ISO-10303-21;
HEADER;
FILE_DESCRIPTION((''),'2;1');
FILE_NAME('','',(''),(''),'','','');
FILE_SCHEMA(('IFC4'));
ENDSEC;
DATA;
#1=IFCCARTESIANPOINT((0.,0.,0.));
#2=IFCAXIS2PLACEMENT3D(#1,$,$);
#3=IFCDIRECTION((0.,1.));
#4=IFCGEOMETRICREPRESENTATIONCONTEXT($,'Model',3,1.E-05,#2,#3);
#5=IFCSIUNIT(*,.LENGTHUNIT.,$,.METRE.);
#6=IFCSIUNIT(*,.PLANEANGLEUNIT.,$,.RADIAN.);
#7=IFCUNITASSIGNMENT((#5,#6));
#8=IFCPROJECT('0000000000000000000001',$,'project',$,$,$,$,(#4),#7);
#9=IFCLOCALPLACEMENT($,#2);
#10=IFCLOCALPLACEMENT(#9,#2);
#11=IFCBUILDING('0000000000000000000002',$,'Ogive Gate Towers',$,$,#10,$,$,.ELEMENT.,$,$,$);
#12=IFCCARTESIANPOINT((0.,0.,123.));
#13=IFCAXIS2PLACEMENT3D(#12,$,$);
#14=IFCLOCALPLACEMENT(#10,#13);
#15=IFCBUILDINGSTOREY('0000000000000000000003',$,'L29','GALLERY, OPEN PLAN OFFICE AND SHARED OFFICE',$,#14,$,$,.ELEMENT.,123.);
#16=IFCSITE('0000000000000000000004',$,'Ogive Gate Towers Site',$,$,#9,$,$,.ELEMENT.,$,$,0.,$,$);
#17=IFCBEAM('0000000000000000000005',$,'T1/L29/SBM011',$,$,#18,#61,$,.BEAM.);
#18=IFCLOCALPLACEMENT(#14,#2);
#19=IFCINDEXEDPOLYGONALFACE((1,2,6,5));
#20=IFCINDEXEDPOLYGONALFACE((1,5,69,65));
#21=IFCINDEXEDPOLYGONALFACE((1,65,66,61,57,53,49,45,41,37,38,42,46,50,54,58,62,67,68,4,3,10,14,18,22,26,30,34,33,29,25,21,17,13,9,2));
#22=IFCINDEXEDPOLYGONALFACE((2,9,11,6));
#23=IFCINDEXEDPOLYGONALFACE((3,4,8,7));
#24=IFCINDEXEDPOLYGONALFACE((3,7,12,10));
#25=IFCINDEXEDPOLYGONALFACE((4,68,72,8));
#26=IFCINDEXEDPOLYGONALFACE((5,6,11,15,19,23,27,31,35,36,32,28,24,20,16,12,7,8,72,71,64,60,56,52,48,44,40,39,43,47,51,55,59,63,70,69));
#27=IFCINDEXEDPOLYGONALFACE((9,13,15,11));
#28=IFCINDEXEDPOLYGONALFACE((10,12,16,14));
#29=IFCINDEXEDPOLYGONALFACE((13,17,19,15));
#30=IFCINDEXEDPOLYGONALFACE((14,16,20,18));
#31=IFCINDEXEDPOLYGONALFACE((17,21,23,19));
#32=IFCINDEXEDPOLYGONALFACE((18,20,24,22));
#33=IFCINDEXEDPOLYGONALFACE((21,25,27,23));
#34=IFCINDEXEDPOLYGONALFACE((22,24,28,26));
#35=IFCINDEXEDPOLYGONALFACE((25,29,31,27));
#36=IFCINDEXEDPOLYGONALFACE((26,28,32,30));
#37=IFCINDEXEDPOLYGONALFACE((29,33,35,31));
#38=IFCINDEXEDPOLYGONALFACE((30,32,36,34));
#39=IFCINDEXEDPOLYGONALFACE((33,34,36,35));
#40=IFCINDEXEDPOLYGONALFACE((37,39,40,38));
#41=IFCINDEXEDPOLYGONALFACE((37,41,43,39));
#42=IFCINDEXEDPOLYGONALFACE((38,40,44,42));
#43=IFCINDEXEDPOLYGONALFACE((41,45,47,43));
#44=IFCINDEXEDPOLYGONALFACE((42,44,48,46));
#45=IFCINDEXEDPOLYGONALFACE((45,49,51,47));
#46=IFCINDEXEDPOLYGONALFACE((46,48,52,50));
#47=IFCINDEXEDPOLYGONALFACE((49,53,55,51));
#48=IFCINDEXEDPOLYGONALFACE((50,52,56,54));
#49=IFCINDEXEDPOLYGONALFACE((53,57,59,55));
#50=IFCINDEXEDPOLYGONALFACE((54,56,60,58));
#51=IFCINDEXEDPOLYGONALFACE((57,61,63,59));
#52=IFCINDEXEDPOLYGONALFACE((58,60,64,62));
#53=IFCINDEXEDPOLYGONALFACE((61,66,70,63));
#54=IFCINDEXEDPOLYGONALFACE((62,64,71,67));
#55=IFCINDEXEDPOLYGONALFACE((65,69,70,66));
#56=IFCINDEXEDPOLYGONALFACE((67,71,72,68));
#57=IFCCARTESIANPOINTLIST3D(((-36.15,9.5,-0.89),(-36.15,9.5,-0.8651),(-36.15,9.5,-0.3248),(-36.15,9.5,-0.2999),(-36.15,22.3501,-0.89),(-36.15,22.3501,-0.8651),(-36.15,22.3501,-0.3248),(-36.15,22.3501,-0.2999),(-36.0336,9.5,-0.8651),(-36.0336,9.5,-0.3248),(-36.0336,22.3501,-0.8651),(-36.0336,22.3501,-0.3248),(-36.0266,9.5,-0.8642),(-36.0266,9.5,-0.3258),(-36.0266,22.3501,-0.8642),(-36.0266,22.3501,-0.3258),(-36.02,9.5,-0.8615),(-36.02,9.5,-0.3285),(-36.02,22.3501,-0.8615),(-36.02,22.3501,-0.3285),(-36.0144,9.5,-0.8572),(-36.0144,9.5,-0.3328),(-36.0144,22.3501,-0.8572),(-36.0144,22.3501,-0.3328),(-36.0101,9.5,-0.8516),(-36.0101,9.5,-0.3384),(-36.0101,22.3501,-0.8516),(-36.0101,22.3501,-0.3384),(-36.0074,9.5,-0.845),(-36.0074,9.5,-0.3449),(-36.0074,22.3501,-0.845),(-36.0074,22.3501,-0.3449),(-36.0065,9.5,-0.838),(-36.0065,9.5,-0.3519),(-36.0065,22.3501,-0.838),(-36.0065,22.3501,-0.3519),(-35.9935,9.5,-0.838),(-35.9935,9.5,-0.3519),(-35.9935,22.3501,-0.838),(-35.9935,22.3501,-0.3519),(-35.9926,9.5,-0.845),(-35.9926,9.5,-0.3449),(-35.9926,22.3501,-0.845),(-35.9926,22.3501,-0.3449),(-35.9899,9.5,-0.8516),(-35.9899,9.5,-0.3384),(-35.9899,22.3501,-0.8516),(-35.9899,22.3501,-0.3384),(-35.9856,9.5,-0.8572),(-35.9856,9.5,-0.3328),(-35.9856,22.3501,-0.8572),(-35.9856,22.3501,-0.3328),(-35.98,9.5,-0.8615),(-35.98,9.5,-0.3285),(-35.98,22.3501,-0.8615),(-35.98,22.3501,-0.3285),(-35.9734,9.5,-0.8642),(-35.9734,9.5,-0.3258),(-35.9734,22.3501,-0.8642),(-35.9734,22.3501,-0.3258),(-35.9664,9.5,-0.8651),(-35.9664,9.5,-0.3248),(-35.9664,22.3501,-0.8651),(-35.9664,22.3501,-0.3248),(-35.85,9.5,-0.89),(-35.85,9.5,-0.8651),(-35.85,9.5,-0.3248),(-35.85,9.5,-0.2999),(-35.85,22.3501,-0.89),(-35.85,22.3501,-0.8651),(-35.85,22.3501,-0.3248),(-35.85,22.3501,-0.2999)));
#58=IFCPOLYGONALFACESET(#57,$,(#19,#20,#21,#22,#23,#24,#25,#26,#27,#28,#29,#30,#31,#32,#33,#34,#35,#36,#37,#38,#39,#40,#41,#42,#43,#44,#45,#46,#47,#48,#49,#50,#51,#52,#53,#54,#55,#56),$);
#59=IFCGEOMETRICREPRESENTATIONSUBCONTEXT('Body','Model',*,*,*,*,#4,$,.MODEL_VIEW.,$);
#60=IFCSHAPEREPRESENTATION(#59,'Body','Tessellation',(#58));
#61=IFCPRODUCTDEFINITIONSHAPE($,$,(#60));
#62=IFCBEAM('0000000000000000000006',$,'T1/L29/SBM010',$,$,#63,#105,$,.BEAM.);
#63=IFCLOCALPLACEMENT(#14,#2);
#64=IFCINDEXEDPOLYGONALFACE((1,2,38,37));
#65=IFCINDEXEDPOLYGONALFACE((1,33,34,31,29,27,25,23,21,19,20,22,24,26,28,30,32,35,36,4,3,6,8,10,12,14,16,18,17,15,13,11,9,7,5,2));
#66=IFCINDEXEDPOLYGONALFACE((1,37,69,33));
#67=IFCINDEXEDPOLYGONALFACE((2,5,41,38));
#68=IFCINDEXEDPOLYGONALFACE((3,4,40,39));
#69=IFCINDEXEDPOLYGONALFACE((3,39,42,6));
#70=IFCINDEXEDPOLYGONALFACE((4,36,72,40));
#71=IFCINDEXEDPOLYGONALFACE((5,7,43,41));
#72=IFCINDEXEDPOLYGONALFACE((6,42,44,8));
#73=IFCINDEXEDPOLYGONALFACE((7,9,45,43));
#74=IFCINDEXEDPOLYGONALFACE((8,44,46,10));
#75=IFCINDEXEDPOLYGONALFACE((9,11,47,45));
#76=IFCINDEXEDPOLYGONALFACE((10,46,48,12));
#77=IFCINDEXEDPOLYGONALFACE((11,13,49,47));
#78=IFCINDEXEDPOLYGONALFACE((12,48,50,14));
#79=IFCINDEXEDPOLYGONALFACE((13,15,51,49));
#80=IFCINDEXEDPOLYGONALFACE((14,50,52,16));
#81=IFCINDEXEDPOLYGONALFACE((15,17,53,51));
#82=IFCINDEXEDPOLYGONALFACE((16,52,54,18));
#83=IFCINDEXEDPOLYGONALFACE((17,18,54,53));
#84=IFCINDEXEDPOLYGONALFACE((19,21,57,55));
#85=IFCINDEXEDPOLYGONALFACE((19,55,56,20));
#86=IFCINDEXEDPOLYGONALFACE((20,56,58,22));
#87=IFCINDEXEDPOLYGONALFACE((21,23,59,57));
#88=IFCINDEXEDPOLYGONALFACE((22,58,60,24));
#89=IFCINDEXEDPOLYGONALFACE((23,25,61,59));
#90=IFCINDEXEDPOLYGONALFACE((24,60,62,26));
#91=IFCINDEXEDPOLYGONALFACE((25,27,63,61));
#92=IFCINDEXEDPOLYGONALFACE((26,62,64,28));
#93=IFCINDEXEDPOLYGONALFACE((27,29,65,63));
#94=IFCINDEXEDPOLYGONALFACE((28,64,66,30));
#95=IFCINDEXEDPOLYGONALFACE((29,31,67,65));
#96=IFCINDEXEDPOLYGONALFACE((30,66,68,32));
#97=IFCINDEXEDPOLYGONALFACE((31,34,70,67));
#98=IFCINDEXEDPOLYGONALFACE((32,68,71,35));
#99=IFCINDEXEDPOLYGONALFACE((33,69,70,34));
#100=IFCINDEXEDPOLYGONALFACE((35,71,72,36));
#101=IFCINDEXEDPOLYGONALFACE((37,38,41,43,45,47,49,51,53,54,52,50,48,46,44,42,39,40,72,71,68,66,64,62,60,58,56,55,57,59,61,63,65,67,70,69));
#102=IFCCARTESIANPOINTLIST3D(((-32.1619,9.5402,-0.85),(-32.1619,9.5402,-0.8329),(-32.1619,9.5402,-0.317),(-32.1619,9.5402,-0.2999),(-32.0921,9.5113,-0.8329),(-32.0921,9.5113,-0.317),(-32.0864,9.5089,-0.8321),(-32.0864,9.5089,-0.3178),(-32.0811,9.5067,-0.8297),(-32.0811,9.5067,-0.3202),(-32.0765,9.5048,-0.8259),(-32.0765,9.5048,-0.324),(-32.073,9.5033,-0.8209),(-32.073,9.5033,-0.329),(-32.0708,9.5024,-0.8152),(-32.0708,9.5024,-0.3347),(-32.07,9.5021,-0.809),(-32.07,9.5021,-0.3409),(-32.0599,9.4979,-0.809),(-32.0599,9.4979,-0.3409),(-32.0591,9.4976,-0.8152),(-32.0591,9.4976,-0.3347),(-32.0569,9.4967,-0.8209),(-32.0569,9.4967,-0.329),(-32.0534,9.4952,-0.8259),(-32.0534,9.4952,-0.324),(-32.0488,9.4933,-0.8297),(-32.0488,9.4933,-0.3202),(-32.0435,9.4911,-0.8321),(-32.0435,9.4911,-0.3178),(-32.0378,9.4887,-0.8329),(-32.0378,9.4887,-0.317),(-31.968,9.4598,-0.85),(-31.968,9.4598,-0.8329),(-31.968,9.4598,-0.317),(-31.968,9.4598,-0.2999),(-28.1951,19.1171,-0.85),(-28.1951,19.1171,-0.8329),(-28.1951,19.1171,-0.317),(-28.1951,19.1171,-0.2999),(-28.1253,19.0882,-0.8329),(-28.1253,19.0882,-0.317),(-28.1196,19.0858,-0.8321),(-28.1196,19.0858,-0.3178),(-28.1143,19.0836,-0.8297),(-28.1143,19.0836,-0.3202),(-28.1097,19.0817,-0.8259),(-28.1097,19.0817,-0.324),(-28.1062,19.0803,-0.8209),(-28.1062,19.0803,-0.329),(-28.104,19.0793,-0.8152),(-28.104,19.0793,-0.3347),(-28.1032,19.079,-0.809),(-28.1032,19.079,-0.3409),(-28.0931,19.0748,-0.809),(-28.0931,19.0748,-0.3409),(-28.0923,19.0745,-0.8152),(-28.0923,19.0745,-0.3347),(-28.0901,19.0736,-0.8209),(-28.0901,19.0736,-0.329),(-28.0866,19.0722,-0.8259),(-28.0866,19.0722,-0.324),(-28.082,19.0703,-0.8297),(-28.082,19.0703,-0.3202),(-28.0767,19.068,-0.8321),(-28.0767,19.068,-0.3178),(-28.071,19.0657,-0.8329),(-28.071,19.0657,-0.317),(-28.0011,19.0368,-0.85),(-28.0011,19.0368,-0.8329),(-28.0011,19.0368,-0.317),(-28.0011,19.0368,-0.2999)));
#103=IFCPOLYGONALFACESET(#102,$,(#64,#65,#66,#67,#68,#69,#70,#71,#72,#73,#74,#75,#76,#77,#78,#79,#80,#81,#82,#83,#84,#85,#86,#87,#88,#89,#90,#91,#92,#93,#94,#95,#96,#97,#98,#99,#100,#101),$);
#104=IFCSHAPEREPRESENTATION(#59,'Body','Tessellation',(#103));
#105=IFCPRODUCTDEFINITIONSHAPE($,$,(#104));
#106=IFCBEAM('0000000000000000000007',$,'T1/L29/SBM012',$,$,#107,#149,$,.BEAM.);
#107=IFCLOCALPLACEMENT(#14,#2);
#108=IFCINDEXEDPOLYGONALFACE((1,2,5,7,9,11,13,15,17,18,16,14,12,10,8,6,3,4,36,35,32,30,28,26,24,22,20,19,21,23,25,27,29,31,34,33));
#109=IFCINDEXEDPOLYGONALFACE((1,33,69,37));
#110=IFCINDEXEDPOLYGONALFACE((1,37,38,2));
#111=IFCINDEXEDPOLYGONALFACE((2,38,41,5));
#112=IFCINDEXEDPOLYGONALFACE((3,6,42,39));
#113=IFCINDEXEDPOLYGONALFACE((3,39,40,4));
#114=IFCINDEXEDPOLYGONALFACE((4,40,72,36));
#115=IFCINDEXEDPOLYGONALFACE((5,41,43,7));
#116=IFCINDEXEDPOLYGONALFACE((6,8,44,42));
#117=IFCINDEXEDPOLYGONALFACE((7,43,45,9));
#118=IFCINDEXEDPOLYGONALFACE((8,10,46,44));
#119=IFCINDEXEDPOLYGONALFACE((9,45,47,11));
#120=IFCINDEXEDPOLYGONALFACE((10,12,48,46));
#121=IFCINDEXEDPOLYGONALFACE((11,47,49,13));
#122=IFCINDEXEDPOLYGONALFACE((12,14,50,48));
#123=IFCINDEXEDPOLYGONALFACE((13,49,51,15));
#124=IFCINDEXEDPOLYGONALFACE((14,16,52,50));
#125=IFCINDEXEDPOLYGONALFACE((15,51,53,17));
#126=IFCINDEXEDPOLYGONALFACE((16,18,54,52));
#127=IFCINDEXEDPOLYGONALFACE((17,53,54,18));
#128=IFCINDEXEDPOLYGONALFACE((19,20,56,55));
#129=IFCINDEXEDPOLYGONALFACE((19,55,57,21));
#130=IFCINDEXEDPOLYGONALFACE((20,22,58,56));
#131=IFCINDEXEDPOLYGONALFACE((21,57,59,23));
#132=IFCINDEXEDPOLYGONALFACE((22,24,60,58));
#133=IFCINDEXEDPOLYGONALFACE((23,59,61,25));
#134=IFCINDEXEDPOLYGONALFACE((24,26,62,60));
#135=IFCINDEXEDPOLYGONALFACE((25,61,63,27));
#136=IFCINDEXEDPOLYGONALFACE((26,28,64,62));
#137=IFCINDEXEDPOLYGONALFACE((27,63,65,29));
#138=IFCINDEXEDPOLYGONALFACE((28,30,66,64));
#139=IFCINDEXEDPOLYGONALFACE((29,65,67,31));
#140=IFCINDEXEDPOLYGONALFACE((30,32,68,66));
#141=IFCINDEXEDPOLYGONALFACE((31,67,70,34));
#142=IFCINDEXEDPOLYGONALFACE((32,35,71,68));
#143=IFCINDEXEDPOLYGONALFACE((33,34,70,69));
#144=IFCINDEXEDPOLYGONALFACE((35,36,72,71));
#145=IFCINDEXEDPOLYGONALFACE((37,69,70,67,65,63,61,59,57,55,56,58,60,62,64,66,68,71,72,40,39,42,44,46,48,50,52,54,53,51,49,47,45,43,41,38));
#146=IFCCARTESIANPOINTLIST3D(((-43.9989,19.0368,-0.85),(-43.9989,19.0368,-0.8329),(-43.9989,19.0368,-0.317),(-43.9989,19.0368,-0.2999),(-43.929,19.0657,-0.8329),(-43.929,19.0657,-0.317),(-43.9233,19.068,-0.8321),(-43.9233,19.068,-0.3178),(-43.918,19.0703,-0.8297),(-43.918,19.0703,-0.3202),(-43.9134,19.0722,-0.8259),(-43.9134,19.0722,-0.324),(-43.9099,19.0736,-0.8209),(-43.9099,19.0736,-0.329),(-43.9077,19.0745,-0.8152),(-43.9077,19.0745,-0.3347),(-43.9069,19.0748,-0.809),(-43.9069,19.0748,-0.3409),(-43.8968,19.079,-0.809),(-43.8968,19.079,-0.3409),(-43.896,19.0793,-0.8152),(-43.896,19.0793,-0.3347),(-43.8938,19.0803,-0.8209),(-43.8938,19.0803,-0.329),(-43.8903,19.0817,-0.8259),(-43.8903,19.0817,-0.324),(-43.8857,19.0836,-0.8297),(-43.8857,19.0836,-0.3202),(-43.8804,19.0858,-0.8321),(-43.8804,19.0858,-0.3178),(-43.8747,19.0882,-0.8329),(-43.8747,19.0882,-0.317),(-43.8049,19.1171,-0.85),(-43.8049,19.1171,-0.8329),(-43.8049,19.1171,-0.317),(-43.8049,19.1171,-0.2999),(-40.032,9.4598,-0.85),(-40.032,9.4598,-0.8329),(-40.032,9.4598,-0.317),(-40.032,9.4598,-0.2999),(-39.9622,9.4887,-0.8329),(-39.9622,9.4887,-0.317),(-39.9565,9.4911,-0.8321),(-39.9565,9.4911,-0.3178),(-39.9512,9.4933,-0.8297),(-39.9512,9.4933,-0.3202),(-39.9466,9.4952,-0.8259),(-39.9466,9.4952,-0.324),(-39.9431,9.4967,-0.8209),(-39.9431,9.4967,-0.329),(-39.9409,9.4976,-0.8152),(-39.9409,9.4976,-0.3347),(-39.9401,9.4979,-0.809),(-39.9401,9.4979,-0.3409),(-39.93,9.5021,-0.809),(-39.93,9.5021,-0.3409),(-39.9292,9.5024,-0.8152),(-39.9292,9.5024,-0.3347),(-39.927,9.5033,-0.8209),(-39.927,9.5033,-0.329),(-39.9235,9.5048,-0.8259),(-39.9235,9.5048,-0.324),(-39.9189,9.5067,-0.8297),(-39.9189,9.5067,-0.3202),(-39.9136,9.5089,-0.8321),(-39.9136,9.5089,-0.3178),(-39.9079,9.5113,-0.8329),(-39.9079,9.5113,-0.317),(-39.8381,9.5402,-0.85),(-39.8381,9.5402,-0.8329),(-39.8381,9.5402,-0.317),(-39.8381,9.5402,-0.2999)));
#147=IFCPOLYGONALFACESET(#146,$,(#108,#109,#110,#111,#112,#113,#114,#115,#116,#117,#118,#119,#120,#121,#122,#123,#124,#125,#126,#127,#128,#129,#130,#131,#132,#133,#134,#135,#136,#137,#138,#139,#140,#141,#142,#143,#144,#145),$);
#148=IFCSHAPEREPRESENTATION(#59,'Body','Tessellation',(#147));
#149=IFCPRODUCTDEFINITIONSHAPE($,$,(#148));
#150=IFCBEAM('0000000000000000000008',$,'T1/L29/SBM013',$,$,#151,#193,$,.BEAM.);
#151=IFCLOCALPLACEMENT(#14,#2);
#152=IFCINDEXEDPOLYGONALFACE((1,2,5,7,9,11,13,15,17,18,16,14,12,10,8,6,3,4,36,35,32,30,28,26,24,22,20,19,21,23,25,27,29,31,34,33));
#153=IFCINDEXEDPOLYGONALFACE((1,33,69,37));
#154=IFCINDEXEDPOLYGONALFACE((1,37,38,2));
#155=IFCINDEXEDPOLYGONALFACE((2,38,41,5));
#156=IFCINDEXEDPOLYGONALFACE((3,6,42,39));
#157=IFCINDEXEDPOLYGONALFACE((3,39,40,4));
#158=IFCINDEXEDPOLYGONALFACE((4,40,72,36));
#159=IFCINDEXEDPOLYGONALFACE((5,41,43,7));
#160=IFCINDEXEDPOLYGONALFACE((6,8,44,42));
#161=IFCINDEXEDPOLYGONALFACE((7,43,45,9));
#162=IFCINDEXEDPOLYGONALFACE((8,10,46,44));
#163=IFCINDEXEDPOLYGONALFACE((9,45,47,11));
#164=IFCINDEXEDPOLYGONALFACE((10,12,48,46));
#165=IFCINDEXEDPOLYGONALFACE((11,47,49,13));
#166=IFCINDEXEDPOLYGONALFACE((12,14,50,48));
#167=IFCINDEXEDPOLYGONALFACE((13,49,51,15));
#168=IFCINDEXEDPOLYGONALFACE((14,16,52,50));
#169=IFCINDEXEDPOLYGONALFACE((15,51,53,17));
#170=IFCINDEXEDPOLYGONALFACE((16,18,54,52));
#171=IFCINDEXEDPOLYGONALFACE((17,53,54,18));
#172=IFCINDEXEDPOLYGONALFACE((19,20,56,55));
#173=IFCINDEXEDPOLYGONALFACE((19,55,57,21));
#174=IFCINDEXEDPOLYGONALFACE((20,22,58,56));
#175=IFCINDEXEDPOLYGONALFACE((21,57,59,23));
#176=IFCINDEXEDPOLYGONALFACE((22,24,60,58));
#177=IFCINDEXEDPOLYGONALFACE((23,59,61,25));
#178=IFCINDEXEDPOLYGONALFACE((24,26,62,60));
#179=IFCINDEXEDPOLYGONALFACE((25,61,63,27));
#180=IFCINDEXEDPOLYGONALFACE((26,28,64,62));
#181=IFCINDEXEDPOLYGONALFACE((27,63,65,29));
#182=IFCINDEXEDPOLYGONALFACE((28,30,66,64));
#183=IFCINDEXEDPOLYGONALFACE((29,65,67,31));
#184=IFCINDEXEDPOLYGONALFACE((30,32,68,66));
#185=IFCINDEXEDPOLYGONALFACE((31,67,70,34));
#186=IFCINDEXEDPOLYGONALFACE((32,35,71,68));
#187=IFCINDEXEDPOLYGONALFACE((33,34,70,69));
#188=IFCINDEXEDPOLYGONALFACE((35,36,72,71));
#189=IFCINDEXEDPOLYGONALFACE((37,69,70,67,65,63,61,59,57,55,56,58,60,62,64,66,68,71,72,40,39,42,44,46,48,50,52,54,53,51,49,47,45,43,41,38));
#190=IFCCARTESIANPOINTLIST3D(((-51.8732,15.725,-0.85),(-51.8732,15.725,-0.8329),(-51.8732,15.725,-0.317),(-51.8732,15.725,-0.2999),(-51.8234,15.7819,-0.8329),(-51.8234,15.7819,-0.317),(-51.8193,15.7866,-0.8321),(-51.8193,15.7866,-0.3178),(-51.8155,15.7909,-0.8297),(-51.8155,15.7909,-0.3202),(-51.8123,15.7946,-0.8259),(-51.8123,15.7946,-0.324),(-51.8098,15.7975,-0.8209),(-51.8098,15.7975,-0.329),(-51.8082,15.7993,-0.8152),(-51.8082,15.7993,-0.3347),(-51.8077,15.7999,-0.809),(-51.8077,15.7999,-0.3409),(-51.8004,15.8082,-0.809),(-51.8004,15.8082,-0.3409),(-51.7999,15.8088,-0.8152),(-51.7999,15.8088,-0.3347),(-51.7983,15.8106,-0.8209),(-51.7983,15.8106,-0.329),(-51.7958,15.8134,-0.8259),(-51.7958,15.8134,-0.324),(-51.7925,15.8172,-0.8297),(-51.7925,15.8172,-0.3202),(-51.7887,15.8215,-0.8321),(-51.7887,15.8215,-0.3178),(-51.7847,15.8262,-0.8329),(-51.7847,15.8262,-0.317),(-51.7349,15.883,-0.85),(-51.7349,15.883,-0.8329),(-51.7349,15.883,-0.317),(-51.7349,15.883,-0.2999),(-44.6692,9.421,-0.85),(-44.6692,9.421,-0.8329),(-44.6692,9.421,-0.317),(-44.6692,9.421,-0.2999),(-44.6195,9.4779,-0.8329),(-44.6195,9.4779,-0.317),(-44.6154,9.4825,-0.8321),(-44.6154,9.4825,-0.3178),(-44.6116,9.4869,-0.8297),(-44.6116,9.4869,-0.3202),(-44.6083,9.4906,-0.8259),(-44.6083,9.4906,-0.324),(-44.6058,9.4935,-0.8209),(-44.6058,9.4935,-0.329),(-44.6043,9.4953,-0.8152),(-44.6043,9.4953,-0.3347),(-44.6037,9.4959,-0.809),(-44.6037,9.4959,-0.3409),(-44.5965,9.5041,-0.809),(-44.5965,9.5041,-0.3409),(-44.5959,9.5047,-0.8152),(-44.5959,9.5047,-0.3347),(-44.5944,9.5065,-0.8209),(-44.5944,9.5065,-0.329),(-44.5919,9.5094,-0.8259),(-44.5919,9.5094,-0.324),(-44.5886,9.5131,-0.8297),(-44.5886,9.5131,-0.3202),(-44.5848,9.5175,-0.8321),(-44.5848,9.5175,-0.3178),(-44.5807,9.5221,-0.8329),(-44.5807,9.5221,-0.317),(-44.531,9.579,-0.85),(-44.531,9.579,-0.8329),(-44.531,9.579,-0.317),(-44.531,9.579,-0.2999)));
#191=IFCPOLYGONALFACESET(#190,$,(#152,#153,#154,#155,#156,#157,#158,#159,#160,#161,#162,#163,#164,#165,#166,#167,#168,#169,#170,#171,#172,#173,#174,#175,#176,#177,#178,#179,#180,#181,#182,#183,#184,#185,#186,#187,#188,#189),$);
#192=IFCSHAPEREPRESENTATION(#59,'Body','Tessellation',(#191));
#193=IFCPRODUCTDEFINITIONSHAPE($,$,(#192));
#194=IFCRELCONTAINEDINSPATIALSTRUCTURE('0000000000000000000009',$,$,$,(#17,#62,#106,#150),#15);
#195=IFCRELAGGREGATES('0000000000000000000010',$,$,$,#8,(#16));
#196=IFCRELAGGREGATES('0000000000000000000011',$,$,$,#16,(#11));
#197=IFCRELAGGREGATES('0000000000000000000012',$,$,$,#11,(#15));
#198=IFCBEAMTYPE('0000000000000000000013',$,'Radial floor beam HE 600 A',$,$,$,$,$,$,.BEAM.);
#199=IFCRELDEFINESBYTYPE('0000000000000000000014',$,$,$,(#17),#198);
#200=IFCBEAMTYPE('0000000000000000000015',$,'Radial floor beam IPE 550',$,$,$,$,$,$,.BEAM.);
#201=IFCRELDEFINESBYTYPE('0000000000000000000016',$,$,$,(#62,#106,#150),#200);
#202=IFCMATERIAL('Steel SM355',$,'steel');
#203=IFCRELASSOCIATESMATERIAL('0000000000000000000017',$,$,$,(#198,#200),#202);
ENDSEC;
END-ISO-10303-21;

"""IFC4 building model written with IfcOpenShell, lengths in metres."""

from ifc_helpers import new_model, si_unit, direction, frame, origin, origin_2d, place, context, subcontext, project, spatial, i_section, extrude, material, material_profile, profile_set, type_object, element, save


model = new_model("IFC4")

# Units and contexts
model_context = context("Model", 3, precision=1e-05, world=origin(), true_north=direction((0.0, 1.0)))
body_context = subcontext(model_context, "Body", "Model", "MODEL_VIEW")
ifc_project = project(units=[si_unit("LENGTHUNIT", "METRE"), si_unit("PLANEANGLEUNIT", "RADIAN")], contexts=[model_context])

# Site, building, storey
site_placement = place(None, origin())
site = spatial("IfcSite", under=ifc_project, at=site_placement, Name="Ogive Gate Towers Site", CompositionType="ELEMENT", RefElevation=0.0)
building_placement = place(site_placement, origin())
building = spatial("IfcBuilding", under=site, at=building_placement, Name="Ogive Gate Towers", CompositionType="ELEMENT")
storey_placement = place(building_placement, frame((0.0, 0.0, 123.0)))
storey = spatial("IfcBuildingStorey", under=building, at=storey_placement, Name="L29", Description="GALLERY, OPEN PLAN OFFICE AND SHARED OFFICE", CompositionType="ELEMENT", Elevation=123.0)

# Beams
ifc_material_1 = material(Name="Steel SM355", Category="steel")
ifc_material_profile_1 = material_profile(ifc_material_1, i_section(OverallWidth=0.3, OverallDepth=0.5901, WebThickness=0.0129, FlangeThickness=0.0249, FilletRadius=0.0271, at=origin_2d()), Name="HE 600 A")
ifc_profile_set_1 = profile_set([ifc_material_profile_1], Name="Steel SM355")
beam_type_1 = type_object("IfcBeamType", Name="Radial floor beam HE 600 A", PredefinedType="BEAM", material=ifc_profile_set_1)
beam_1_placement = place(storey_placement, frame((-36.0, 9.5, -0.595), z_axis=(0.0, 1.0, 0.0), x_axis=(-1.0, 0.0, 0.0)))
element("IfcBeam", 1, at=beam_1_placement, inside=storey, type_object=beam_type_1, Name="T1/L29/SBM011", PredefinedType="BEAM", context=body_context, shape_type="SweptSolid", body=[
    extrude(i_section(OverallWidth=0.3, OverallDepth=0.5901, WebThickness=0.0129, FlangeThickness=0.0249, FilletRadius=0.0271, at=origin_2d()), origin(), (0.0, 0.0, 1.0), 12.8501),
])
ifc_material_profile_2 = material_profile(ifc_material_1, i_section(OverallWidth=0.21, OverallDepth=0.55, WebThickness=0.011, FlangeThickness=0.0171, FilletRadius=0.0239, at=origin_2d()), Name="IPE 550")
ifc_profile_set_2 = profile_set([ifc_material_profile_2], Name="Steel SM355")
beam_type_2 = type_object("IfcBeamType", Name="Radial floor beam IPE 550", PredefinedType="BEAM", material=ifc_profile_set_2)
for number, where, z_axis, x_axis, name in (
    (2, (-32.0649, 9.5, -0.575), (0.382676, 0.923882, 0.0), (-0.923882, 0.382676, 0.0), "T1/L29/SBM010"),
    (3, (-39.9351, 9.5, -0.575), (-0.382676, 0.923882, 0.0), (-0.923882, -0.382676, 0.0), "T1/L29/SBM012"),
):
    element("IfcBeam", number, at=place(storey_placement, frame(where, z_axis=z_axis, x_axis=x_axis)), inside=storey, type_object=beam_type_2, Name=name, PredefinedType="BEAM", context=body_context, shape_type="SweptSolid", body=[
        extrude(i_section(OverallWidth=0.21, OverallDepth=0.55, WebThickness=0.011, FlangeThickness=0.0171, FilletRadius=0.0239, at=origin_2d()), origin(), (0.0, 0.0, 1.0), 10.366),
    ])
beam_2_placement = place(storey_placement, frame((-44.6001, 9.5, -0.575), z_axis=(-0.752547, 0.658539, 0.0), x_axis=(-0.658539, -0.752547, 0.0)))
element("IfcBeam", 4, at=beam_2_placement, inside=storey, type_object=beam_type_2, Name="T1/L29/SBM013", PredefinedType="BEAM", context=body_context, shape_type="SweptSolid", body=[
    extrude(i_section(OverallWidth=0.21, OverallDepth=0.55, WebThickness=0.011, FlangeThickness=0.0171, FilletRadius=0.0239, at=origin_2d()), origin(), (0.0, 0.0, 1.0), 9.5728),
])

save(model, "model.ifc")
